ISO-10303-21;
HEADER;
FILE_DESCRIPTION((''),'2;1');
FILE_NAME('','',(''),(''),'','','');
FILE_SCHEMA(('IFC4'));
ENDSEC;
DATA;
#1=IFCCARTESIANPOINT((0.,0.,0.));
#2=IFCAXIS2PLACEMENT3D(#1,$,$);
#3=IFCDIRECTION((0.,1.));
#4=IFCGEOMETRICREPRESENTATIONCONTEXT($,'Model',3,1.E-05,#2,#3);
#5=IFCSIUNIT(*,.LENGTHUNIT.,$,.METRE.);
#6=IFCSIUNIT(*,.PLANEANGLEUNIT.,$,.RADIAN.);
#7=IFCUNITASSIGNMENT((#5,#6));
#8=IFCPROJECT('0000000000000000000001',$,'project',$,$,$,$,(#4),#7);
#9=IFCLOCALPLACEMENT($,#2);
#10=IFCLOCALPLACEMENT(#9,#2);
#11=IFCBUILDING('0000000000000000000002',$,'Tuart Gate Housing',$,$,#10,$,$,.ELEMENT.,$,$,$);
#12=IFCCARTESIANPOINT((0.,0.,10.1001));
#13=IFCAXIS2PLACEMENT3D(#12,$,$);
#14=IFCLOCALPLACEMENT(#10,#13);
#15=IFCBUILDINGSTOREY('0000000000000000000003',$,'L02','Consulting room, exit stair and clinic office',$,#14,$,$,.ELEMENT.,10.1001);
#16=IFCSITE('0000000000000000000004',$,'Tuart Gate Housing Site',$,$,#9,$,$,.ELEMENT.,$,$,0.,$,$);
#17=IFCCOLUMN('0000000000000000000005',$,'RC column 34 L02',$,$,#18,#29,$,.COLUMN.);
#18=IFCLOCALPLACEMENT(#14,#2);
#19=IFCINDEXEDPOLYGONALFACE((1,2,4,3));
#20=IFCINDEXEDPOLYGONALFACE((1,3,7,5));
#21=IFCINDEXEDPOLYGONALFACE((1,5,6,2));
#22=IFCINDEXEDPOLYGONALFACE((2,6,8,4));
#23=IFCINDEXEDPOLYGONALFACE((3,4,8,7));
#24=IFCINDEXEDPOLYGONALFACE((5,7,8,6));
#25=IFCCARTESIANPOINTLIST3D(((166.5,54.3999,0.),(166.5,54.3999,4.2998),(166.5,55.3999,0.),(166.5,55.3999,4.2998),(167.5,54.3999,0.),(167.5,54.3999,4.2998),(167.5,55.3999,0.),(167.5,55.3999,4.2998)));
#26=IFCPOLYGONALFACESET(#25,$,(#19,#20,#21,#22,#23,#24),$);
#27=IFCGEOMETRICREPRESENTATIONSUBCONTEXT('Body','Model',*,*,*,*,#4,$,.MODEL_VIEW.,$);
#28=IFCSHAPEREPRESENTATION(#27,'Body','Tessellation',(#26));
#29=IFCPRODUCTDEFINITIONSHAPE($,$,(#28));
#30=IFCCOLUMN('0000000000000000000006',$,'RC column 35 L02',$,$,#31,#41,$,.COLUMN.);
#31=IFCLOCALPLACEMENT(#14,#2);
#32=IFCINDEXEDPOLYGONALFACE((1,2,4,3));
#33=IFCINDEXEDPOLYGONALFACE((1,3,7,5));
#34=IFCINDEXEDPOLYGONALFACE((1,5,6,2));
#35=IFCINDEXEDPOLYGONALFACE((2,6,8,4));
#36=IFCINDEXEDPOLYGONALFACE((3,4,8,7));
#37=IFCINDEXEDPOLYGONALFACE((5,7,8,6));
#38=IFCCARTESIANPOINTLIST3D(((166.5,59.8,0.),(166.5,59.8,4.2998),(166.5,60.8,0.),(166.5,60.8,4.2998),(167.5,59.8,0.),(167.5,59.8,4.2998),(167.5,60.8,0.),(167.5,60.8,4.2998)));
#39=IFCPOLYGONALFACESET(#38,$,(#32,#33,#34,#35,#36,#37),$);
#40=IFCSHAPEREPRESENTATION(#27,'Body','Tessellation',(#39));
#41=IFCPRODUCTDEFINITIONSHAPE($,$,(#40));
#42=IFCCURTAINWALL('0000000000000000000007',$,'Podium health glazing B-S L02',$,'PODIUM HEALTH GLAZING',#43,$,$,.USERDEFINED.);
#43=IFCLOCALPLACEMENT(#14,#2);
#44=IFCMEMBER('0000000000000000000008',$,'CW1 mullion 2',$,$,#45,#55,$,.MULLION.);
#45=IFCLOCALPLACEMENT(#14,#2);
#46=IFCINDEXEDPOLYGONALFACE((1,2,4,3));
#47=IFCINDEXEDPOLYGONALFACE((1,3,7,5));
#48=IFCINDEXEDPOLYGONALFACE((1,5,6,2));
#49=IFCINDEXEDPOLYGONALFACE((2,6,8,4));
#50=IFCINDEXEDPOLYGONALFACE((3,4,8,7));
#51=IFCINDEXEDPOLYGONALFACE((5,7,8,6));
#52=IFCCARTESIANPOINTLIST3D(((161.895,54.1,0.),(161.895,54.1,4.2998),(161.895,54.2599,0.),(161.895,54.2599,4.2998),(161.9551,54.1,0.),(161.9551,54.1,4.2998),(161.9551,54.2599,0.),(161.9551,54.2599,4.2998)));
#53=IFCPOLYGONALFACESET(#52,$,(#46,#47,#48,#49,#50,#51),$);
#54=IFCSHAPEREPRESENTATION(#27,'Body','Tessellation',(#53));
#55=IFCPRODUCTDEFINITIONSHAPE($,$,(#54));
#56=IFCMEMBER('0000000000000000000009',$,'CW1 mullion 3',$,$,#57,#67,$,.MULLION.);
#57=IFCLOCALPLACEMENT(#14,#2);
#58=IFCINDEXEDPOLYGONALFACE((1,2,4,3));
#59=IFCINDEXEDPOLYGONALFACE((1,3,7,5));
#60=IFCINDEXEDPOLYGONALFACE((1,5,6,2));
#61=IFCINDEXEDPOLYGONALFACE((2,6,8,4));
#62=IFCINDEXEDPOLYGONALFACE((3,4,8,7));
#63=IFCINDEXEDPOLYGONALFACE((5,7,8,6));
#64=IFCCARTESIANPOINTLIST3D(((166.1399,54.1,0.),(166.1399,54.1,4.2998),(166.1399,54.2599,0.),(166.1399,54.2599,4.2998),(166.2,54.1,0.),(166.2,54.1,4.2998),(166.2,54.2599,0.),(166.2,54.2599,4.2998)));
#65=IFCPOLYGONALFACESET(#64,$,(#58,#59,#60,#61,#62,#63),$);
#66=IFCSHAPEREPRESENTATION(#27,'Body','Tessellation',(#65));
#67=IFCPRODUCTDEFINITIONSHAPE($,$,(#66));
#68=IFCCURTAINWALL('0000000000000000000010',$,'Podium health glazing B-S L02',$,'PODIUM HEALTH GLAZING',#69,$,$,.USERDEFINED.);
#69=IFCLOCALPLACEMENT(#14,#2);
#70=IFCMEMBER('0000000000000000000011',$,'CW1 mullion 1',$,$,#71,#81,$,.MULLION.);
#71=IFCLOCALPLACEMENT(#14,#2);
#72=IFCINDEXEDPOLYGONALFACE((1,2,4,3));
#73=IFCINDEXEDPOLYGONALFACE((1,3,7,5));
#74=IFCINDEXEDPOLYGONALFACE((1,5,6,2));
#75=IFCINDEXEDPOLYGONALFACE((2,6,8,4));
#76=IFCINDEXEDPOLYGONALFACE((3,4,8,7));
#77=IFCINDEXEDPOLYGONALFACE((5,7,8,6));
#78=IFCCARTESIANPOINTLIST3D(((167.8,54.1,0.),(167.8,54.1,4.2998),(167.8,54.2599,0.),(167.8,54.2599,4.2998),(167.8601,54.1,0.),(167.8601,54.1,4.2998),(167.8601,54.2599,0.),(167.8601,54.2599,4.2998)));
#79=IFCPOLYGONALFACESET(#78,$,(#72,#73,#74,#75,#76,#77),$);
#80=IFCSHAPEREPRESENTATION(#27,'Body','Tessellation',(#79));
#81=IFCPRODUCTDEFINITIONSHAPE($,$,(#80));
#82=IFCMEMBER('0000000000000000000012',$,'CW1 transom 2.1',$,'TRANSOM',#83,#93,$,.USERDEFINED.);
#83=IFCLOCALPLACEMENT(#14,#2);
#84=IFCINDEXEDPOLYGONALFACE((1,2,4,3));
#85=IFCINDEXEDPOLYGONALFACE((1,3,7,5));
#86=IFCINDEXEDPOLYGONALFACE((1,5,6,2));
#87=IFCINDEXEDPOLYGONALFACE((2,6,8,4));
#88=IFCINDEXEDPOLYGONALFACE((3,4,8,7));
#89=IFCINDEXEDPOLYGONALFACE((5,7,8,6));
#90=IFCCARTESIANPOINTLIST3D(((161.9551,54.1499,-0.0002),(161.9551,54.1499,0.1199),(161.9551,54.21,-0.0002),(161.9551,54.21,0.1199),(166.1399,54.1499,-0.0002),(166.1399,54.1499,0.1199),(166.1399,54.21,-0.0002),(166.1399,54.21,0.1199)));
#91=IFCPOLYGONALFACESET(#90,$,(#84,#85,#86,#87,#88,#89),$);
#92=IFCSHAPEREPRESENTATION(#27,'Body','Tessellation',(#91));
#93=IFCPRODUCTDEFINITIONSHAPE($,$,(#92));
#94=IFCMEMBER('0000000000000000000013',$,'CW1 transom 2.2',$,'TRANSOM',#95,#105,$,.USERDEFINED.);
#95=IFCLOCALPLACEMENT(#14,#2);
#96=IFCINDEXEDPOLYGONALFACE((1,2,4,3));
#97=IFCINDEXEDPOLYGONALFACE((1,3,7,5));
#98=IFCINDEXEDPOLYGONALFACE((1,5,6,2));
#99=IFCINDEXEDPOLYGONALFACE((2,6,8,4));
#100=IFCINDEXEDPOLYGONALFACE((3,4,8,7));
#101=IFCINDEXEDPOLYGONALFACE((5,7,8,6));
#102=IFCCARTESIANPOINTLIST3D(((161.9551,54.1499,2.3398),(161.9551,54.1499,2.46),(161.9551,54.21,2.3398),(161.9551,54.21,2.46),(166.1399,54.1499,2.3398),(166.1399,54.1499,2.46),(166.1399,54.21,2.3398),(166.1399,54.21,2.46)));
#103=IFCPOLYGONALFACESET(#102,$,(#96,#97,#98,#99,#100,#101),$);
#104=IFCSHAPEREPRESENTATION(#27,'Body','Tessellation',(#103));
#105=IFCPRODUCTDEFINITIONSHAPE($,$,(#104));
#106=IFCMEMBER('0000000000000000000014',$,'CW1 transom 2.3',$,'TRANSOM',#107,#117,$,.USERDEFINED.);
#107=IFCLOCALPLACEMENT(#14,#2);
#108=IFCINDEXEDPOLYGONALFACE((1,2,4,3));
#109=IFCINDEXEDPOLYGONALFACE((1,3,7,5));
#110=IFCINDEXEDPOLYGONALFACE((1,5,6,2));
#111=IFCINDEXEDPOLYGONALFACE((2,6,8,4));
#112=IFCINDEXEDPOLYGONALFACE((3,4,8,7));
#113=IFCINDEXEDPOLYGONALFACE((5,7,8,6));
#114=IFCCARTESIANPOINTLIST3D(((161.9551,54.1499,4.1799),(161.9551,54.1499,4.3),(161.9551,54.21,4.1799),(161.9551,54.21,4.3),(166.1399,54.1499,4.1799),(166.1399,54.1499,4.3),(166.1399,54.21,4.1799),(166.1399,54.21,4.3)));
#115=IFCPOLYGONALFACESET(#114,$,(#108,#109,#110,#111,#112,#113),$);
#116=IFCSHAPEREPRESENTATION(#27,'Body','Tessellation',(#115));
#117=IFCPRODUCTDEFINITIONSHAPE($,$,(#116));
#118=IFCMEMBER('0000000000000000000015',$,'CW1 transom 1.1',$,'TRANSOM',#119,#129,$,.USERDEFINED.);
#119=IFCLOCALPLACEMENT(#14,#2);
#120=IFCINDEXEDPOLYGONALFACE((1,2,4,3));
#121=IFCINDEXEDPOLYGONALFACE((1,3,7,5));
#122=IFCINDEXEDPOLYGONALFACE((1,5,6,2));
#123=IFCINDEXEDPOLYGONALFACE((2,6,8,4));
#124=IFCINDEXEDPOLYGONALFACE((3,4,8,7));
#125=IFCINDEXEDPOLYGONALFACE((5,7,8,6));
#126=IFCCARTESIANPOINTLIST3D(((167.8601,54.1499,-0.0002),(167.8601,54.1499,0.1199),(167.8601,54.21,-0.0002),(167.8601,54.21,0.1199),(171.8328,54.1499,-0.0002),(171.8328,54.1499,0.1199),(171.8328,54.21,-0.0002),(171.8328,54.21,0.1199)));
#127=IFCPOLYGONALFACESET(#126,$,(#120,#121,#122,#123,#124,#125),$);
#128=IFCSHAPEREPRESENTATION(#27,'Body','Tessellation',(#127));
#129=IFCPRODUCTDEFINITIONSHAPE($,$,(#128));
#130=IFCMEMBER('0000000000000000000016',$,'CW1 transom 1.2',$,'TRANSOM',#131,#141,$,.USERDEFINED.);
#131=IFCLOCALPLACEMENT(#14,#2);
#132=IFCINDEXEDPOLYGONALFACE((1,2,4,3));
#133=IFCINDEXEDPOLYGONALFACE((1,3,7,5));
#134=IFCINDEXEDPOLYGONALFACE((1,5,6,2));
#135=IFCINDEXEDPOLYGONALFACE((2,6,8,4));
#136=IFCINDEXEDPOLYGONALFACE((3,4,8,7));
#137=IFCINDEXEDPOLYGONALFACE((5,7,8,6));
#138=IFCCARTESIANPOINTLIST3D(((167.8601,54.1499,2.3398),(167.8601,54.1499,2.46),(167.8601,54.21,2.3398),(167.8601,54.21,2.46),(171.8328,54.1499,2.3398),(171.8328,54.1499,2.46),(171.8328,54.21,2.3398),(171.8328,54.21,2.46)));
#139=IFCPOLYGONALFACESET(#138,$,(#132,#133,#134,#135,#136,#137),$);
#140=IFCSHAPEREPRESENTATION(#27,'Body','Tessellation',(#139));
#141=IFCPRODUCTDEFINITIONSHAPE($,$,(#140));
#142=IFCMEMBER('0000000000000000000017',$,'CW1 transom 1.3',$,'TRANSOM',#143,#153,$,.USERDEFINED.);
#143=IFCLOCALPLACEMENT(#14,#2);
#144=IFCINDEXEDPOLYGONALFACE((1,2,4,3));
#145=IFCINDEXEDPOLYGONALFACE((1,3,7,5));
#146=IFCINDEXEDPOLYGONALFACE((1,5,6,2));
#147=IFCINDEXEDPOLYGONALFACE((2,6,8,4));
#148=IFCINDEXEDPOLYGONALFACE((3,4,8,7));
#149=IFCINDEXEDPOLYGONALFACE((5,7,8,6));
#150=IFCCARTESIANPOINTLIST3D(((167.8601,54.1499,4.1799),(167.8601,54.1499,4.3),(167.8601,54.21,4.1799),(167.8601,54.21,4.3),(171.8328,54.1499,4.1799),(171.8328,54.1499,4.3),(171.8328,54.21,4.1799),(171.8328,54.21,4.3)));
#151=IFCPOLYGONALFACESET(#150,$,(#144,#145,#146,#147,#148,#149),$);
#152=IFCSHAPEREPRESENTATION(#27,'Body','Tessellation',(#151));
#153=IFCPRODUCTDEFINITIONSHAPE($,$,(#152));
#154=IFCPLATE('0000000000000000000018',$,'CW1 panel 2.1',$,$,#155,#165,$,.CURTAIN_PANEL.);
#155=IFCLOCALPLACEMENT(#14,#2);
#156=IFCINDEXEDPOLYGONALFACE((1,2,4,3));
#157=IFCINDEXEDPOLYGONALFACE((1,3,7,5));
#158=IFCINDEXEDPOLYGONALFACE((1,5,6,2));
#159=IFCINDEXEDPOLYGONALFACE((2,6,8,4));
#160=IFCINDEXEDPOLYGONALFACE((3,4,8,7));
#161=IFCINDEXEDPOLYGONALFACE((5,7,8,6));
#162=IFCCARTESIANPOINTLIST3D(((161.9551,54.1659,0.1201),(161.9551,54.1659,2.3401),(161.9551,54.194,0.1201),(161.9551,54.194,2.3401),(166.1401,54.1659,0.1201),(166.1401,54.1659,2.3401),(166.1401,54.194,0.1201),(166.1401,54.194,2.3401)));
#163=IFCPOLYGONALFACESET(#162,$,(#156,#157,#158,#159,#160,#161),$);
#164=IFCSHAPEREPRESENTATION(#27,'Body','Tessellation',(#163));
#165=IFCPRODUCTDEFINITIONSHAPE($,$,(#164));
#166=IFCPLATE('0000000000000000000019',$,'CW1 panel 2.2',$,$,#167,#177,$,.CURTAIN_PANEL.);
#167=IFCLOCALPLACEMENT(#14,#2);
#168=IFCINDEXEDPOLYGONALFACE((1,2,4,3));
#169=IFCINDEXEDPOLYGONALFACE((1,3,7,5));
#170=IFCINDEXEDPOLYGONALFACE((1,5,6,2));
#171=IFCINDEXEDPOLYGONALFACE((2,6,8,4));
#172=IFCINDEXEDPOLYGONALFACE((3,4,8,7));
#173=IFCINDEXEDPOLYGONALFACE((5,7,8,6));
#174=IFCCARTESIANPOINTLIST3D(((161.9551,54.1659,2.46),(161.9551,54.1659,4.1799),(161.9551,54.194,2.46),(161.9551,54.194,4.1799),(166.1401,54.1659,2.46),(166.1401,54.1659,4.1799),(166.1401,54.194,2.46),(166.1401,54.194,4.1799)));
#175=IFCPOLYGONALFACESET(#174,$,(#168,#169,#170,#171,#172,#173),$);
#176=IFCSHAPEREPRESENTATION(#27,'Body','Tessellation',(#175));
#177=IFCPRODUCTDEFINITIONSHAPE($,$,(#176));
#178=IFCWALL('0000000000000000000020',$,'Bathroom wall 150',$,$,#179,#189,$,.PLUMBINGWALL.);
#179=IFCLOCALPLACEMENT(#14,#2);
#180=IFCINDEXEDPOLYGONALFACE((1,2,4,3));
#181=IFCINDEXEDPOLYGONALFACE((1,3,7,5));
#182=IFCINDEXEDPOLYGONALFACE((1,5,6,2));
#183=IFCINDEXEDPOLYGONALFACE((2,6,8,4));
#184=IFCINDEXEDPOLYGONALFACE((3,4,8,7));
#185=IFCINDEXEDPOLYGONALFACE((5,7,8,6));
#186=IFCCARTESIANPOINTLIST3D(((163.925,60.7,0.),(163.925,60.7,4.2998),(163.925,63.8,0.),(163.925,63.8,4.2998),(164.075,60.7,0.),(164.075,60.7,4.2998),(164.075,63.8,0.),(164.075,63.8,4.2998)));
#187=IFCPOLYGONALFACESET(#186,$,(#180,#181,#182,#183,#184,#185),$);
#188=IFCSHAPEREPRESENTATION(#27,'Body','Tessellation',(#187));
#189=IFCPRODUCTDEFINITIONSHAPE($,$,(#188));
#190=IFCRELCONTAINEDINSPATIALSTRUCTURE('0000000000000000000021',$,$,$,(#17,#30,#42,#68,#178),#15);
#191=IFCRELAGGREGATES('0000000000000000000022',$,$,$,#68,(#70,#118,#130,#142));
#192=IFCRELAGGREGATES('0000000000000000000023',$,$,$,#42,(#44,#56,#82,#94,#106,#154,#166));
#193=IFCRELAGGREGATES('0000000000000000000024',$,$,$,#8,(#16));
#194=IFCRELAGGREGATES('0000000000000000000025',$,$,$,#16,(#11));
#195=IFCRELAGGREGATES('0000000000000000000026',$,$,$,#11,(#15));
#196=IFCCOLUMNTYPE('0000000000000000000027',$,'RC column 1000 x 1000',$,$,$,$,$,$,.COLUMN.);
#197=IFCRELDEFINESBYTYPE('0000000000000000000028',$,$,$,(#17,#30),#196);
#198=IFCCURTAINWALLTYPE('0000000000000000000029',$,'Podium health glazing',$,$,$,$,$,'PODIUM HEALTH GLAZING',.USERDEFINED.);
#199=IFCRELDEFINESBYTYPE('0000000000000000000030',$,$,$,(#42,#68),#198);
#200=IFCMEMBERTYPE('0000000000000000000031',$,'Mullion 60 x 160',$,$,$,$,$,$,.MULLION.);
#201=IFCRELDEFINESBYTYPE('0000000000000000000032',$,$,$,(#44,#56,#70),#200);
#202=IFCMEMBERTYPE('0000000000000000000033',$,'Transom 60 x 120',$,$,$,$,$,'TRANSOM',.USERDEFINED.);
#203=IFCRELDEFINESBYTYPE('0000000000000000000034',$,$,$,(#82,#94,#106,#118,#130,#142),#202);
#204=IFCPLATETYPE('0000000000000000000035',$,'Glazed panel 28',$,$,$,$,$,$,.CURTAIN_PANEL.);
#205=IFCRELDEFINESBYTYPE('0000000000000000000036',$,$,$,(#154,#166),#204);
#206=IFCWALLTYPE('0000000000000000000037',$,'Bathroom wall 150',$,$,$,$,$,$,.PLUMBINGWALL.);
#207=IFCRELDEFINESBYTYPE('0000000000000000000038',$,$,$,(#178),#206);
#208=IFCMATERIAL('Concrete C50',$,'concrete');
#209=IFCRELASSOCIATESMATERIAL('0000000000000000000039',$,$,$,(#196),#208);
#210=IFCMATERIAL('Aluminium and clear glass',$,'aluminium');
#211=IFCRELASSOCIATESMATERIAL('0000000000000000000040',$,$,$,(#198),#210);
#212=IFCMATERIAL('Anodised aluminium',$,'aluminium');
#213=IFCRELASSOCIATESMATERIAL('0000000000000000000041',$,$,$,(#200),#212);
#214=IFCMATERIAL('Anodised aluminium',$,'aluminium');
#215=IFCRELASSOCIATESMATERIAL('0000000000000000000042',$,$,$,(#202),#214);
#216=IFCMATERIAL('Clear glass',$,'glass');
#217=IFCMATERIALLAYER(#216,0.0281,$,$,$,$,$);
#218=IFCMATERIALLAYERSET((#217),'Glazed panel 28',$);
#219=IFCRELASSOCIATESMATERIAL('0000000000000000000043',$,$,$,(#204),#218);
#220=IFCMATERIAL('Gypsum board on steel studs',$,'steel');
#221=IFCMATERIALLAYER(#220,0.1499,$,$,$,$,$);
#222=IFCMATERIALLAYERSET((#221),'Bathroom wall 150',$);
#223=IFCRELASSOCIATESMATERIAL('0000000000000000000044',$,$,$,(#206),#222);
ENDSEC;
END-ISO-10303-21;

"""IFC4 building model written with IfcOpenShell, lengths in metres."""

from ifc_helpers import new_model, si_unit, direction, frame, frame_2d, origin, origin_2d, place, context, subcontext, project, spatial, rectangle, extrude, material, layer, layer_set, material_profile, profile_set, type_object, element, aggregate, save


model = new_model("IFC4")

# Units and contexts
model_context = context("Model", 3, precision=1e-05, world=origin(), true_north=direction((0.0, 1.0)))
body_context = subcontext(model_context, "Body", "Model", "MODEL_VIEW")
ifc_project = project(units=[si_unit("LENGTHUNIT", "METRE"), si_unit("PLANEANGLEUNIT", "RADIAN")], contexts=[model_context])

# Site, building, storey
site_placement = place(None, origin())
site = spatial("IfcSite", under=ifc_project, at=site_placement, Name="Tuart Gate Housing Site", CompositionType="ELEMENT", RefElevation=0.0)
building_placement = place(site_placement, origin())
building = spatial("IfcBuilding", under=site, at=building_placement, Name="Tuart Gate Housing", CompositionType="ELEMENT")
storey_placement = place(building_placement, frame((0.0, 0.0, 10.1001)))
storey = spatial("IfcBuildingStorey", under=building, at=storey_placement, Name="L02", Description="Consulting room, exit stair and clinic office", CompositionType="ELEMENT", Elevation=10.1001)

# Columns
ifc_material_1 = material(Name="Concrete C50", Category="concrete")
ifc_material_profile_1 = material_profile(ifc_material_1, rectangle(XDim=1.0, YDim=1.0, at=origin_2d()), Name="RC column 1000 x 1000")
ifc_profile_set_1 = profile_set([ifc_material_profile_1], Name="Concrete C50")
column_type = type_object("IfcColumnType", Name="RC column 1000 x 1000", PredefinedType="COLUMN", material=ifc_profile_set_1)
for number, where, z_axis, x_axis, name in (
    (1, (167.0, 54.8999, 0.0), (0.0, 0.0, 1.0), (1.0, 0.0, 0.0), "RC column 34 L02"),
    (2, (167.0, 60.3, 0.0), (0.0, 0.0, 1.0), (1.0, 0.0, 0.0), "RC column 35 L02"),
):
    element("IfcColumn", number, at=place(storey_placement, frame(where, z_axis=z_axis, x_axis=x_axis)), inside=storey, type_object=column_type, Name=name, PredefinedType="COLUMN", context=body_context, shape_type="SweptSolid", body=[
        extrude(rectangle(XDim=1.0, YDim=1.0, at=origin_2d()), origin(), (0.0, 0.0, 1.0), 4.2998),
    ])

# Curtain wall, members
ifc_material_2 = material(Name="Aluminium and clear glass", Category="aluminium")
curtain_wall_type = type_object("IfcCurtainWallType", Name="Podium health glazing", ElementType="PODIUM HEALTH GLAZING", PredefinedType="USERDEFINED", material=ifc_material_2)
curtain_wall_1_placement = place(storey_placement, origin())
curtain_wall_1 = element("IfcCurtainWall", 3, at=curtain_wall_1_placement, inside=storey, type_object=curtain_wall_type, Name="Podium health glazing B-S L02", ObjectType="PODIUM HEALTH GLAZING", PredefinedType="USERDEFINED")
ifc_material_3 = material(Name="Anodised aluminium", Category="aluminium")
ifc_material_profile_2 = material_profile(ifc_material_3, rectangle(XDim=0.0601, YDim=0.1599, at=origin_2d()), Name="60x160")
ifc_profile_set_2 = profile_set([ifc_material_profile_2], Name="Anodised aluminium")
member_type_1 = type_object("IfcMemberType", Name="Mullion 60 x 160", PredefinedType="MULLION", material=ifc_profile_set_2)
member_1_placement = place(storey_placement, frame((161.925, 54.1799, 0.0), z_axis=(0.0, 0.0, 1.0), x_axis=(1.0, 0.0, 0.0)))
member_1 = element("IfcMember", 4, at=member_1_placement, type_object=member_type_1, Name="CW1 mullion 2", PredefinedType="MULLION", context=body_context, shape_type="SweptSolid", body=[
    extrude(rectangle(XDim=0.0601, YDim=0.1599, at=origin_2d()), origin(), (0.0, 0.0, 1.0), 4.2998),
])
member_2_placement = place(storey_placement, frame((166.1699, 54.1799, 0.0), z_axis=(0.0, 0.0, 1.0), x_axis=(1.0, 0.0, 0.0)))
member_2 = element("IfcMember", 5, at=member_2_placement, type_object=member_type_1, Name="CW1 mullion 3", PredefinedType="MULLION", context=body_context, shape_type="SweptSolid", body=[
    extrude(rectangle(XDim=0.0601, YDim=0.1599, at=origin_2d()), origin(), (0.0, 0.0, 1.0), 4.2998),
])

# Curtain wall, member
curtain_wall_2_placement = place(storey_placement, origin())
curtain_wall_2 = element("IfcCurtainWall", 6, at=curtain_wall_2_placement, inside=storey, type_object=curtain_wall_type, Name="Podium health glazing B-S L02", ObjectType="PODIUM HEALTH GLAZING", PredefinedType="USERDEFINED")
member_3_placement = place(storey_placement, frame((167.8301, 54.1799, 0.0), z_axis=(0.0, 0.0, 1.0), x_axis=(1.0, 0.0, 0.0)))
member_3 = element("IfcMember", 7, at=member_3_placement, type_object=member_type_1, Name="CW1 mullion 1", PredefinedType="MULLION", context=body_context, shape_type="SweptSolid", body=[
    extrude(rectangle(XDim=0.0601, YDim=0.1599, at=origin_2d()), origin(), (0.0, 0.0, 1.0), 4.2998),
])

# Members
ifc_material_4 = material(Name="Anodised aluminium", Category="aluminium")
ifc_material_profile_3 = material_profile(ifc_material_4, rectangle(XDim=0.0601, YDim=0.1201, at=origin_2d()), Name="60x120")
ifc_profile_set_3 = profile_set([ifc_material_profile_3], Name="Anodised aluminium")
member_type_2 = type_object("IfcMemberType", Name="Transom 60 x 120", ElementType="TRANSOM", PredefinedType="USERDEFINED", material=ifc_profile_set_3)
member_4_placement = place(storey_placement, frame((161.9551, 54.1799, 0.0598), z_axis=(1.0, 0.0, 0.0), x_axis=(0.0, 1.0, 0.0)))
member_4 = element("IfcMember", 8, at=member_4_placement, type_object=member_type_2, Name="CW1 transom 2.1", ObjectType="TRANSOM", PredefinedType="USERDEFINED", context=body_context, shape_type="SweptSolid", body=[
    extrude(rectangle(XDim=0.0601, YDim=0.1201, at=origin_2d()), origin(), (0.0, 0.0, 1.0), 4.1848),
])
member_5_placement = place(storey_placement, frame((161.9551, 54.1799, 2.3999), z_axis=(1.0, 0.0, 0.0), x_axis=(0.0, 1.0, 0.0)))
member_5 = element("IfcMember", 9, at=member_5_placement, type_object=member_type_2, Name="CW1 transom 2.2", ObjectType="TRANSOM", PredefinedType="USERDEFINED", context=body_context, shape_type="SweptSolid", body=[
    extrude(rectangle(XDim=0.0601, YDim=0.1201, at=origin_2d()), origin(), (0.0, 0.0, 1.0), 4.1848),
])
member_6_placement = place(storey_placement, frame((161.9551, 54.1799, 4.24), z_axis=(1.0, 0.0, 0.0), x_axis=(0.0, 1.0, 0.0)))
member_6 = element("IfcMember", 10, at=member_6_placement, type_object=member_type_2, Name="CW1 transom 2.3", ObjectType="TRANSOM", PredefinedType="USERDEFINED", context=body_context, shape_type="SweptSolid", body=[
    extrude(rectangle(XDim=0.0601, YDim=0.1201, at=origin_2d()), origin(), (0.0, 0.0, 1.0), 4.1848),
])
member_7_placement = place(storey_placement, frame((167.8601, 54.1799, 0.0598), z_axis=(1.0, 0.0, 0.0), x_axis=(0.0, 1.0, 0.0)))
member_7 = element("IfcMember", 11, at=member_7_placement, type_object=member_type_2, Name="CW1 transom 1.1", ObjectType="TRANSOM", PredefinedType="USERDEFINED", context=body_context, shape_type="SweptSolid", body=[
    extrude(rectangle(XDim=0.0601, YDim=0.1201, at=origin_2d()), origin(), (0.0, 0.0, 1.0), 3.9727),
])
member_8_placement = place(storey_placement, frame((167.8601, 54.1799, 2.3999), z_axis=(1.0, 0.0, 0.0), x_axis=(0.0, 1.0, 0.0)))
member_8 = element("IfcMember", 12, at=member_8_placement, type_object=member_type_2, Name="CW1 transom 1.2", ObjectType="TRANSOM", PredefinedType="USERDEFINED", context=body_context, shape_type="SweptSolid", body=[
    extrude(rectangle(XDim=0.0601, YDim=0.1201, at=origin_2d()), origin(), (0.0, 0.0, 1.0), 3.9727),
])
member_9_placement = place(storey_placement, frame((167.8601, 54.1799, 4.24), z_axis=(1.0, 0.0, 0.0), x_axis=(0.0, 1.0, 0.0)))
member_9 = element("IfcMember", 13, at=member_9_placement, type_object=member_type_2, Name="CW1 transom 1.3", ObjectType="TRANSOM", PredefinedType="USERDEFINED", context=body_context, shape_type="SweptSolid", body=[
    extrude(rectangle(XDim=0.0601, YDim=0.1201, at=origin_2d()), origin(), (0.0, 0.0, 1.0), 3.9727),
])
aggregate(curtain_wall_2, [member_3, member_7, member_8, member_9])

# Plates
ifc_material_5 = material(Name="Clear glass", Category="glass")
ifc_layer_1 = layer(ifc_material_5, 0.0281)
ifc_layer_set_1 = layer_set([ifc_layer_1], Name="Glazed panel 28")
plate_type = type_object("IfcPlateType", Name="Glazed panel 28", PredefinedType="CURTAIN_PANEL", material=ifc_layer_set_1)
plate_1_placement = place(storey_placement, frame((164.0476, 54.1799, 0.1201), z_axis=(0.0, 0.0, 1.0), x_axis=(1.0, 0.0, 0.0)))
plate_1 = element("IfcPlate", 14, at=plate_1_placement, type_object=plate_type, Name="CW1 panel 2.1", PredefinedType="CURTAIN_PANEL", context=body_context, shape_type="SweptSolid", body=[
    extrude(rectangle(XDim=4.1851, YDim=0.0281, at=origin_2d()), origin(), (0.0, 0.0, 1.0), 2.22),
])
plate_2_placement = place(storey_placement, frame((164.0476, 54.1799, 2.46), z_axis=(0.0, 0.0, 1.0), x_axis=(1.0, 0.0, 0.0)))
plate_2 = element("IfcPlate", 15, at=plate_2_placement, type_object=plate_type, Name="CW1 panel 2.2", PredefinedType="CURTAIN_PANEL", context=body_context, shape_type="SweptSolid", body=[
    extrude(rectangle(XDim=4.1851, YDim=0.0281, at=origin_2d()), origin(), (0.0, 0.0, 1.0), 1.72),
])
aggregate(curtain_wall_1, [member_1, member_2, member_4, member_5, member_6, plate_1, plate_2])

# Wall
ifc_material_6 = material(Name="Gypsum board on steel studs", Category="steel")
ifc_layer_2 = layer(ifc_material_6, 0.1499)
ifc_layer_set_2 = layer_set([ifc_layer_2], Name="Bathroom wall 150")
wall_type_1 = type_object("IfcWallType", Name="Bathroom wall 150", PredefinedType="PLUMBINGWALL", material=ifc_layer_set_2)
for number, where, z_axis, x_axis, name in (
    (16, (164.0, 60.7, 0.0), (0.0, 0.0, 1.0), (0.0, 1.0, 0.0), "Bathroom wall 150"),
):
    element("IfcWall", number, at=place(storey_placement, frame(where, z_axis=z_axis, x_axis=x_axis)), inside=storey, type_object=wall_type_1, Name=name, PredefinedType="PLUMBINGWALL", context=body_context, shape_type="SweptSolid", body=[
        extrude(rectangle(XDim=3.1001, YDim=0.1499, at=frame_2d((1.55, 0.0))), origin(), (0.0, 0.0, 1.0), 4.2998),
    ])

save(model, "model.ifc")
